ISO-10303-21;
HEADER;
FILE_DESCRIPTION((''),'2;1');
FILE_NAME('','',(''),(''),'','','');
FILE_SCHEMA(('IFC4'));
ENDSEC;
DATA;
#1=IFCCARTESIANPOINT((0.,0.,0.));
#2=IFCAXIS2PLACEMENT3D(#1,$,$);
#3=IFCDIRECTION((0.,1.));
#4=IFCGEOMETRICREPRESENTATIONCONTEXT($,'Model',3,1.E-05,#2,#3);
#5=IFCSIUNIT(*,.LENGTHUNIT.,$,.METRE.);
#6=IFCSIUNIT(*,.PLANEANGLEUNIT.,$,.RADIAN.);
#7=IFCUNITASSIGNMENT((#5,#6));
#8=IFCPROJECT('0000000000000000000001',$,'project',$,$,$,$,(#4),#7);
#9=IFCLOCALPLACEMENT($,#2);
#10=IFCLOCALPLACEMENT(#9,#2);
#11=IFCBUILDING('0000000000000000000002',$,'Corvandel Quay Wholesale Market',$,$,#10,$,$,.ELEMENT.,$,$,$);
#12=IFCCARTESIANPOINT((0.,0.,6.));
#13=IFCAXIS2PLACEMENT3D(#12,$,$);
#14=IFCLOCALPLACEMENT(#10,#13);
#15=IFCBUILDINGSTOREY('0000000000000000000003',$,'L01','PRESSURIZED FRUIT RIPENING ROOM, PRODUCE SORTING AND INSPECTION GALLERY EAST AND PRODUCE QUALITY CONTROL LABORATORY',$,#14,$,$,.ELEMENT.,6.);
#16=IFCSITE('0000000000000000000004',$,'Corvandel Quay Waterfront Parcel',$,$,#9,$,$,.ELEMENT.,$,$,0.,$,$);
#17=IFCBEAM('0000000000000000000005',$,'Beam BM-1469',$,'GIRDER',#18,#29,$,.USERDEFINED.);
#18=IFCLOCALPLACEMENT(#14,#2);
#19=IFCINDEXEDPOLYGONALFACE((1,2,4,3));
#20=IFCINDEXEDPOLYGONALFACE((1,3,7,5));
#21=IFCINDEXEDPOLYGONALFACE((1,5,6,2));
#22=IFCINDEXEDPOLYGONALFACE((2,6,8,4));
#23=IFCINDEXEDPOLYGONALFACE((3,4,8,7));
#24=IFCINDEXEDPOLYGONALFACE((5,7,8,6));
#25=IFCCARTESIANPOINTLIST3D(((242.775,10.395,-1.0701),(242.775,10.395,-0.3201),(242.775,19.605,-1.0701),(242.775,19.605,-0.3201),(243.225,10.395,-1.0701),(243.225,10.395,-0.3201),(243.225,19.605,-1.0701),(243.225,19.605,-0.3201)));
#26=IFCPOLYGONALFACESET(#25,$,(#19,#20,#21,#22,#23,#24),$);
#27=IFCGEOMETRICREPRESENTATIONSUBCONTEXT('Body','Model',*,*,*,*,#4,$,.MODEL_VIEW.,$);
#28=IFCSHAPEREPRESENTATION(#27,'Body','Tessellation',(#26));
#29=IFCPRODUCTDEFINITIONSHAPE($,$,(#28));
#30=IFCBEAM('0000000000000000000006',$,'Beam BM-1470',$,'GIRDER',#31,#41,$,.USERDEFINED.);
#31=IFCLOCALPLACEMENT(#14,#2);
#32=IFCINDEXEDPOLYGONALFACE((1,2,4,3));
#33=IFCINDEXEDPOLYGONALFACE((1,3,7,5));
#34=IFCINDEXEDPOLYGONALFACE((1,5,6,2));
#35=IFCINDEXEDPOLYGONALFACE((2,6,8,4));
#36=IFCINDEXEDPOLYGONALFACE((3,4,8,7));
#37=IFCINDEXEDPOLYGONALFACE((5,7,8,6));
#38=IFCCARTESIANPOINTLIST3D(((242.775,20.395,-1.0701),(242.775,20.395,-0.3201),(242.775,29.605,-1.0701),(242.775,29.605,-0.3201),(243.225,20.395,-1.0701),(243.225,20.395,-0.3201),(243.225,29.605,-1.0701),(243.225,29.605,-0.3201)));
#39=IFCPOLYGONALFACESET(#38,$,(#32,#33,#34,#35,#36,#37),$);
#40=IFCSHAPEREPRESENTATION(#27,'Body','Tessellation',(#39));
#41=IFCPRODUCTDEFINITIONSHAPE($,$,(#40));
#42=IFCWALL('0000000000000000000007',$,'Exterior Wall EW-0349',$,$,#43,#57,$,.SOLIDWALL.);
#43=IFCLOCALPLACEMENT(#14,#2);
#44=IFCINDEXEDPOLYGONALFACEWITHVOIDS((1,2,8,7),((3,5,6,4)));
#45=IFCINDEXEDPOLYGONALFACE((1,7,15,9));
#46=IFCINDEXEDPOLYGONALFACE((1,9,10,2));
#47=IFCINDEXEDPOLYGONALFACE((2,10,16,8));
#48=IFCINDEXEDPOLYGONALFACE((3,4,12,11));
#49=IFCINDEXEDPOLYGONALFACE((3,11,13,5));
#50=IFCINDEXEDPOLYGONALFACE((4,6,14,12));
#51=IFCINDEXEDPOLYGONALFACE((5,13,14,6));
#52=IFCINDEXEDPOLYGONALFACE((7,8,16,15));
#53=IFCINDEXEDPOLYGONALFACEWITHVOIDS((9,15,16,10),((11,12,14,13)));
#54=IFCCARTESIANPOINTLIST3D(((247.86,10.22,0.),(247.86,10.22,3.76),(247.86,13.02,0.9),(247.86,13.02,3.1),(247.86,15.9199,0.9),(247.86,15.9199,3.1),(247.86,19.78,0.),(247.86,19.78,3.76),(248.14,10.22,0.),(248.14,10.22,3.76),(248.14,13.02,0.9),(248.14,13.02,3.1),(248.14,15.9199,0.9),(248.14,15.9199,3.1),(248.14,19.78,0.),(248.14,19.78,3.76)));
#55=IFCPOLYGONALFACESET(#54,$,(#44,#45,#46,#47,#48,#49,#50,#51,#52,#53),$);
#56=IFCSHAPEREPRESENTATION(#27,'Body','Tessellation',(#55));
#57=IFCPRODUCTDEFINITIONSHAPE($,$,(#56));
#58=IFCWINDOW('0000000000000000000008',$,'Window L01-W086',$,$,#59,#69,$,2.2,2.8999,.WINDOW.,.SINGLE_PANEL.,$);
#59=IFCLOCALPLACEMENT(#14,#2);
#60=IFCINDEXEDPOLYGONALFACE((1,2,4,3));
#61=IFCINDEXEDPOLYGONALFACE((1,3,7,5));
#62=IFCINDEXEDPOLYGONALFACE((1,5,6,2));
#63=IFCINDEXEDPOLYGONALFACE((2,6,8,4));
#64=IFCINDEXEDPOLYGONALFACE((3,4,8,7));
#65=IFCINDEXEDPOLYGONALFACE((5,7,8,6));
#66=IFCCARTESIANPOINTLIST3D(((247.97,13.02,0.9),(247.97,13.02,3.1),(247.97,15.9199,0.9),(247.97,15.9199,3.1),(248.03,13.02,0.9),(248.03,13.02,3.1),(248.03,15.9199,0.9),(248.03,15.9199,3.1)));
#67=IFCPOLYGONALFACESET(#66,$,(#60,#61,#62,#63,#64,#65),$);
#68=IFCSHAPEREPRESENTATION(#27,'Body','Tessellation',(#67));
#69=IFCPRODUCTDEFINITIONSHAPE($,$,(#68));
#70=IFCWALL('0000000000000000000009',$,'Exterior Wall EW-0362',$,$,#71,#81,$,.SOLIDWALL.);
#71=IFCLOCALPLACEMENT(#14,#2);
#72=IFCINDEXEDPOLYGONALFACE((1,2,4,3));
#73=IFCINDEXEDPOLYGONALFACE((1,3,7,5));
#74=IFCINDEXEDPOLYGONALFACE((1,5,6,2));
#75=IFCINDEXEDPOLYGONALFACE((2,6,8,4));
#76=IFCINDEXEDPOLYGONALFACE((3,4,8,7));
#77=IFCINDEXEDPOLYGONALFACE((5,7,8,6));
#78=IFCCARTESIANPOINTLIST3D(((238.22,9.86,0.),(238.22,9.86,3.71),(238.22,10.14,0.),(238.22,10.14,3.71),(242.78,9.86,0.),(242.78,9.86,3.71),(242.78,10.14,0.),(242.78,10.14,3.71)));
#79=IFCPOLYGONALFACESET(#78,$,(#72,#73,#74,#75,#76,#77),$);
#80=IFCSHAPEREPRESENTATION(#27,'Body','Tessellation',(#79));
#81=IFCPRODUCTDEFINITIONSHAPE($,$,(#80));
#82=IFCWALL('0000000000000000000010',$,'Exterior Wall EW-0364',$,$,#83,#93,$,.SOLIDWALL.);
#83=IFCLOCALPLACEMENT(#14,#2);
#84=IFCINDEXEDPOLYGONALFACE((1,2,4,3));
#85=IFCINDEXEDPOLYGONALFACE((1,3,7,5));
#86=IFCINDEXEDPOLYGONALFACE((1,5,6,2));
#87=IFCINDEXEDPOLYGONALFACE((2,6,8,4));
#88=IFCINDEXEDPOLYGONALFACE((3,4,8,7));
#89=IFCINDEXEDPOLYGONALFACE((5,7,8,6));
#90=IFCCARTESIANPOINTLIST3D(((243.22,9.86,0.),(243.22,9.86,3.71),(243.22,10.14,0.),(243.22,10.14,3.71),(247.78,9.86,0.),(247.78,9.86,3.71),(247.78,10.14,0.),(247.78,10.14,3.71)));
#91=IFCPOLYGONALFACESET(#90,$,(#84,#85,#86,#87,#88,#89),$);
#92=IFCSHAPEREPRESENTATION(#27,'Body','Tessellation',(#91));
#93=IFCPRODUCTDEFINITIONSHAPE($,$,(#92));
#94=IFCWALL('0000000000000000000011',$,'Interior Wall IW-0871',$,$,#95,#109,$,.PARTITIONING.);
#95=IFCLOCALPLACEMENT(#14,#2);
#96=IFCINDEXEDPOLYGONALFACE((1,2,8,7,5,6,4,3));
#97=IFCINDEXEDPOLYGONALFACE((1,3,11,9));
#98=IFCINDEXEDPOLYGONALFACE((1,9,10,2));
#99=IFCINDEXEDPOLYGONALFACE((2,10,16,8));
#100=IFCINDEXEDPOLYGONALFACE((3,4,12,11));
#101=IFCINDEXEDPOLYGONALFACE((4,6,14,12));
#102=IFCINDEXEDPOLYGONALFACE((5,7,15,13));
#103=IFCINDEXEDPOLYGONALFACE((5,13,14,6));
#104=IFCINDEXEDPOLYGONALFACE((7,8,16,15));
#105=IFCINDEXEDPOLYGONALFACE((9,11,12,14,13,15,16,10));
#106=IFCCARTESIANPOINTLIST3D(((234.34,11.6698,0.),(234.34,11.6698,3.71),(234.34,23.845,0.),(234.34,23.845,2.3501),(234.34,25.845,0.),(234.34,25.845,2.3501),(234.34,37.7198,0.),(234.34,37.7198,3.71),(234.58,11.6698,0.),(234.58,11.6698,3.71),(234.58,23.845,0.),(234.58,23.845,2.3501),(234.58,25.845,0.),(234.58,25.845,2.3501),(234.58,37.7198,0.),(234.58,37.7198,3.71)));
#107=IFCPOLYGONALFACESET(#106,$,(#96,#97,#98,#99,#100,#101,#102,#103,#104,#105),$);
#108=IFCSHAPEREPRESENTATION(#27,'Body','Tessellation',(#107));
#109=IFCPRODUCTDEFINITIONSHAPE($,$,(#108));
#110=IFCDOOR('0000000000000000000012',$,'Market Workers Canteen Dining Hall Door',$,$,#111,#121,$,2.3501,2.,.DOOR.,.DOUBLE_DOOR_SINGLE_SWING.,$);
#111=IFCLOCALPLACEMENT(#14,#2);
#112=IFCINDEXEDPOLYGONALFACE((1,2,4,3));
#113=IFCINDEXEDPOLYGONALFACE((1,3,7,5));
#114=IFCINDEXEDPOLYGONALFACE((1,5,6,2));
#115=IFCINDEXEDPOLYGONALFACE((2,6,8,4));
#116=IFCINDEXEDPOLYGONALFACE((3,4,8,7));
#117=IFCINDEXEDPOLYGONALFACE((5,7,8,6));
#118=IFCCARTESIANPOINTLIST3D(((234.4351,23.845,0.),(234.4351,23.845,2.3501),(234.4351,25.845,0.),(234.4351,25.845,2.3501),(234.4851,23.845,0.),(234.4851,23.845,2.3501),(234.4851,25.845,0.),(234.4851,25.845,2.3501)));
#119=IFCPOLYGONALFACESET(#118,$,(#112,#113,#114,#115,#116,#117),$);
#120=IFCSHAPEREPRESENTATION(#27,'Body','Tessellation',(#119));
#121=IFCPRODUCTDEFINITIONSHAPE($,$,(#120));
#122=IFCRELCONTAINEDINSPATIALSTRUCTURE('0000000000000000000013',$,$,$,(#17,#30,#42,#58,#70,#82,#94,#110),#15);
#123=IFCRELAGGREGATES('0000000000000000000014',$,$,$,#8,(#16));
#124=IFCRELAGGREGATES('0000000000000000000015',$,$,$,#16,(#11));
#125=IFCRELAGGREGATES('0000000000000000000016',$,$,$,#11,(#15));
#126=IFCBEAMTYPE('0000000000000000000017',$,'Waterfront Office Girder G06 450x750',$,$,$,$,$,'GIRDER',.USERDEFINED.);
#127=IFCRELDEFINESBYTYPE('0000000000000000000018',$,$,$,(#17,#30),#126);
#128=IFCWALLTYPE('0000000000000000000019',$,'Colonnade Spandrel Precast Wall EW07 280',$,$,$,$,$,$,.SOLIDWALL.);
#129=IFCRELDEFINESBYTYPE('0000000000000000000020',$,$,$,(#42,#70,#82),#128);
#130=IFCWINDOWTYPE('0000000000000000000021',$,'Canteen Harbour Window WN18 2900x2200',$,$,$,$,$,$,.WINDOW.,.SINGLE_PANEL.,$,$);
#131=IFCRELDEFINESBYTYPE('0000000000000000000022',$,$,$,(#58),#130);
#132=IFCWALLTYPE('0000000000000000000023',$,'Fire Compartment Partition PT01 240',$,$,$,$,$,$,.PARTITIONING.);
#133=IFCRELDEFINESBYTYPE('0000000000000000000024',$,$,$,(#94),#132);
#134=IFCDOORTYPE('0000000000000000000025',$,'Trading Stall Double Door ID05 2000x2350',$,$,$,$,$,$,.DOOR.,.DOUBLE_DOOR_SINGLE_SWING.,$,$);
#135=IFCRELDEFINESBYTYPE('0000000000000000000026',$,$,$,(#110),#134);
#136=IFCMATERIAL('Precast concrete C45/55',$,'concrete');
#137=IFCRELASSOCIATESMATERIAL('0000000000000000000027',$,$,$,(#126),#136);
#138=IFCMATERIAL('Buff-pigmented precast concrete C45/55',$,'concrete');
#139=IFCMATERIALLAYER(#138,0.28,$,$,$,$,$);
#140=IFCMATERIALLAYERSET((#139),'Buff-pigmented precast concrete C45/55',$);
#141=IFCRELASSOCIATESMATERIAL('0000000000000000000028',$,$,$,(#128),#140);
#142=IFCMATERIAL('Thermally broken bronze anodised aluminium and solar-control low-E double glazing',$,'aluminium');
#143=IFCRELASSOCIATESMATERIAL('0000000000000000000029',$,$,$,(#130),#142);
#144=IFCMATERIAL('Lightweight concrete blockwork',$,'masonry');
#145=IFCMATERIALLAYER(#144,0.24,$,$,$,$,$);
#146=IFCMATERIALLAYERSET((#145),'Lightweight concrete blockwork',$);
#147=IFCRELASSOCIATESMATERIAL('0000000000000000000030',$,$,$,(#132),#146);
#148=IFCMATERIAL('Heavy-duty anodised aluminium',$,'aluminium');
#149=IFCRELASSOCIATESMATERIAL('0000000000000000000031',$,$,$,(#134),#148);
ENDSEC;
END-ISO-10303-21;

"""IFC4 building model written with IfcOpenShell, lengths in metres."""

from ifc_helpers import new_model, si_unit, direction, frame, frame_2d, origin, origin_2d, place, context, subcontext, project, spatial, rectangle, extrude, material, layer, layer_set, material_profile, profile_set, type_object, element, fill, save


model = new_model("IFC4")

# Units and contexts
model_context = context("Model", 3, precision=1e-05, world=origin(), true_north=direction((0.0, 1.0)))
body_context = subcontext(model_context, "Body", "Model", "MODEL_VIEW")
ifc_project = project(units=[si_unit("LENGTHUNIT", "METRE"), si_unit("PLANEANGLEUNIT", "RADIAN")], contexts=[model_context])

# Site, building, storey
site_placement = place(None, origin())
site = spatial("IfcSite", under=ifc_project, at=site_placement, Name="Corvandel Quay Waterfront Parcel", CompositionType="ELEMENT", RefElevation=0.0)
building_placement = place(site_placement, origin())
building = spatial("IfcBuilding", under=site, at=building_placement, Name="Corvandel Quay Wholesale Market", CompositionType="ELEMENT")
storey_placement = place(building_placement, frame((0.0, 0.0, 6.0)))
storey = spatial("IfcBuildingStorey", under=building, at=storey_placement, Name="L01", Description="PRESSURIZED FRUIT RIPENING ROOM, PRODUCE SORTING AND INSPECTION GALLERY EAST AND PRODUCE QUALITY CONTROL LABORATORY", CompositionType="ELEMENT", Elevation=6.0)

# Shared definitions
ifc_material_1 = material(Name="Precast concrete C45/55", Category="concrete")

# Beams
ifc_material_profile_1 = material_profile(ifc_material_1, rectangle(XDim=0.45, YDim=0.75, at=origin_2d()), Name="PC-GIR-450x750")
ifc_profile_set_1 = profile_set([ifc_material_profile_1], Name="Precast concrete C45/55")
beam_type_1 = type_object("IfcBeamType", Name="Waterfront Office Girder G06 450x750", ElementType="GIRDER", PredefinedType="USERDEFINED", material=ifc_profile_set_1)
for number, where, z_axis, x_axis, name in (
    (1, (243.0, 10.395, -0.6951), (0.0, 1.0, 0.0), (-1.0, 0.0, 0.0), "Beam BM-1469"),
    (2, (243.0, 20.395, -0.6951), (0.0, 1.0, 0.0), (-1.0, 0.0, 0.0), "Beam BM-1470"),
):
    element("IfcBeam", number, at=place(storey_placement, frame(where, z_axis=z_axis, x_axis=x_axis)), inside=storey, type_object=beam_type_1, Name=name, ObjectType="GIRDER", PredefinedType="USERDEFINED", context=body_context, shape_type="SweptSolid", body=[
        extrude(rectangle(XDim=0.45, YDim=0.75, at=origin_2d()), origin(), (0.0, 0.0, 1.0), 9.21),
    ])

# Wall, opening, window
ifc_material_2 = material(Name="Buff-pigmented precast concrete C45/55", Category="concrete")
ifc_layer_1 = layer(ifc_material_2, 0.28)
ifc_layer_set_1 = layer_set([ifc_layer_1], Name="Buff-pigmented precast concrete C45/55")
wall_type_1 = type_object("IfcWallType", Name="Colonnade Spandrel Precast Wall EW07 280", PredefinedType="SOLIDWALL", material=ifc_layer_set_1)
wall_1_placement = place(storey_placement, frame((248.0, 10.22, 0.0), z_axis=(0.0, 0.0, 1.0), x_axis=(0.0, 1.0, 0.0)))
wall_1 = element("IfcWall", 3, at=wall_1_placement, inside=storey, type_object=wall_type_1, Name="Exterior Wall EW-0349", PredefinedType="SOLIDWALL", context=body_context, shape_type="SweptSolid", body=[
    extrude(rectangle(XDim=9.5601, YDim=0.28, at=frame_2d((4.78, 0.0))), origin(), (0.0, 0.0, 1.0), 3.76),
])
opening_1_placement = place(wall_1_placement, frame((2.8, 0.0, 0.8999)))
opening_1 = element("IfcOpeningElement", 4, at=opening_1_placement, cuts=wall_1, PredefinedType="OPENING", context=body_context, shape_type="SweptSolid", body=[
    extrude(rectangle(XDim=2.8999, YDim=2.2, at=frame_2d((1.45, 1.1001))), frame((0.0, 0.1499, 0.0), z_axis=(0.0, -1.0, 0.0), x_axis=(1.0, 0.0, 0.0)), (0.0, 0.0, 1.0), 0.3),
])
ifc_material_3 = material(Name="Thermally broken bronze anodised aluminium and solar-control low-E double glazing", Category="aluminium")
window_type = type_object("IfcWindowType", Name="Canteen Harbour Window WN18 2900x2200", PartitioningType="SINGLE_PANEL", PredefinedType="WINDOW", material=ifc_material_3)
window_placement = place(opening_1_placement, origin())
window = element("IfcWindow", 5, at=window_placement, inside=storey, type_object=window_type, Name="Window L01-W086", OverallHeight=2.2, OverallWidth=2.8999, PartitioningType="SINGLE_PANEL", PredefinedType="WINDOW", context=body_context, shape_type="SweptSolid", body=[
    extrude(rectangle(XDim=2.8999, YDim=2.2, at=frame_2d((1.45, 1.1001))), frame((0.0, 0.03, 0.0), z_axis=(0.0, -1.0, 0.0), x_axis=(1.0, 0.0, 0.0)), (0.0, 0.0, 1.0), 0.0601),
])
fill(opening_1, window)

# Walls
for number, where, z_axis, x_axis, name in (
    (6, (238.22, 10.0, 0.0), (0.0, 0.0, 1.0), (1.0, 0.0, 0.0), "Exterior Wall EW-0362"),
    (7, (243.22, 10.0, 0.0), (0.0, 0.0, 1.0), (1.0, 0.0, 0.0), "Exterior Wall EW-0364"),
):
    element("IfcWall", number, at=place(storey_placement, frame(where, z_axis=z_axis, x_axis=x_axis)), inside=storey, type_object=wall_type_1, Name=name, PredefinedType="SOLIDWALL", context=body_context, shape_type="SweptSolid", body=[
        extrude(rectangle(XDim=4.5601, YDim=0.28, at=frame_2d((2.28, 0.0))), origin(), (0.0, 0.0, 1.0), 3.71),
    ])

# Wall, opening, door
ifc_material_4 = material(Name="Lightweight concrete blockwork", Category="masonry")
ifc_layer_2 = layer(ifc_material_4, 0.24)
ifc_layer_set_2 = layer_set([ifc_layer_2], Name="Lightweight concrete blockwork")
wall_type_2 = type_object("IfcWallType", Name="Fire Compartment Partition PT01 240", PredefinedType="PARTITIONING", material=ifc_layer_set_2)
wall_2_placement = place(storey_placement, frame((234.46, 11.6699, 0.0), z_axis=(0.0, 0.0, 1.0), x_axis=(0.0, 1.0, 0.0)))
wall_2 = element("IfcWall", 8, at=wall_2_placement, inside=storey, type_object=wall_type_2, Name="Interior Wall IW-0871", PredefinedType="PARTITIONING", context=body_context, shape_type="SweptSolid", body=[
    extrude(rectangle(XDim=26.05, YDim=0.24, at=frame_2d((13.0249, 0.0))), origin(), (0.0, 0.0, 1.0), 3.71),
])
opening_2_placement = place(wall_2_placement, frame((12.175, 0.0, 0.0)))
opening_2 = element("IfcOpeningElement", 9, at=opening_2_placement, cuts=wall_2, PredefinedType="OPENING", context=body_context, shape_type="SweptSolid", body=[
    extrude(rectangle(XDim=2.0, YDim=2.3501, at=frame_2d((1.0, 1.175))), frame((0.0, 0.1299, 0.0), z_axis=(0.0, -1.0, 0.0), x_axis=(1.0, 0.0, 0.0)), (0.0, 0.0, 1.0), 0.26),
])
ifc_material_5 = material(Name="Heavy-duty anodised aluminium", Category="aluminium")
door_type = type_object("IfcDoorType", Name="Trading Stall Double Door ID05 2000x2350", OperationType="DOUBLE_DOOR_SINGLE_SWING", PredefinedType="DOOR", material=ifc_material_5)
door_placement = place(opening_2_placement, origin())
door = element("IfcDoor", 10, at=door_placement, inside=storey, type_object=door_type, Name="Market Workers Canteen Dining Hall Door", OperationType="DOUBLE_DOOR_SINGLE_SWING", OverallHeight=2.3501, OverallWidth=2.0, PredefinedType="DOOR", context=body_context, shape_type="SweptSolid", body=[
    extrude(rectangle(XDim=2.0, YDim=2.3501, at=frame_2d((1.0, 1.175))), frame((0.0, 0.0249, 0.0), z_axis=(0.0, -1.0, 0.0), x_axis=(1.0, 0.0, 0.0)), (0.0, 0.0, 1.0), 0.05),
])
fill(opening_2, door)

save(model, "model.ifc")
